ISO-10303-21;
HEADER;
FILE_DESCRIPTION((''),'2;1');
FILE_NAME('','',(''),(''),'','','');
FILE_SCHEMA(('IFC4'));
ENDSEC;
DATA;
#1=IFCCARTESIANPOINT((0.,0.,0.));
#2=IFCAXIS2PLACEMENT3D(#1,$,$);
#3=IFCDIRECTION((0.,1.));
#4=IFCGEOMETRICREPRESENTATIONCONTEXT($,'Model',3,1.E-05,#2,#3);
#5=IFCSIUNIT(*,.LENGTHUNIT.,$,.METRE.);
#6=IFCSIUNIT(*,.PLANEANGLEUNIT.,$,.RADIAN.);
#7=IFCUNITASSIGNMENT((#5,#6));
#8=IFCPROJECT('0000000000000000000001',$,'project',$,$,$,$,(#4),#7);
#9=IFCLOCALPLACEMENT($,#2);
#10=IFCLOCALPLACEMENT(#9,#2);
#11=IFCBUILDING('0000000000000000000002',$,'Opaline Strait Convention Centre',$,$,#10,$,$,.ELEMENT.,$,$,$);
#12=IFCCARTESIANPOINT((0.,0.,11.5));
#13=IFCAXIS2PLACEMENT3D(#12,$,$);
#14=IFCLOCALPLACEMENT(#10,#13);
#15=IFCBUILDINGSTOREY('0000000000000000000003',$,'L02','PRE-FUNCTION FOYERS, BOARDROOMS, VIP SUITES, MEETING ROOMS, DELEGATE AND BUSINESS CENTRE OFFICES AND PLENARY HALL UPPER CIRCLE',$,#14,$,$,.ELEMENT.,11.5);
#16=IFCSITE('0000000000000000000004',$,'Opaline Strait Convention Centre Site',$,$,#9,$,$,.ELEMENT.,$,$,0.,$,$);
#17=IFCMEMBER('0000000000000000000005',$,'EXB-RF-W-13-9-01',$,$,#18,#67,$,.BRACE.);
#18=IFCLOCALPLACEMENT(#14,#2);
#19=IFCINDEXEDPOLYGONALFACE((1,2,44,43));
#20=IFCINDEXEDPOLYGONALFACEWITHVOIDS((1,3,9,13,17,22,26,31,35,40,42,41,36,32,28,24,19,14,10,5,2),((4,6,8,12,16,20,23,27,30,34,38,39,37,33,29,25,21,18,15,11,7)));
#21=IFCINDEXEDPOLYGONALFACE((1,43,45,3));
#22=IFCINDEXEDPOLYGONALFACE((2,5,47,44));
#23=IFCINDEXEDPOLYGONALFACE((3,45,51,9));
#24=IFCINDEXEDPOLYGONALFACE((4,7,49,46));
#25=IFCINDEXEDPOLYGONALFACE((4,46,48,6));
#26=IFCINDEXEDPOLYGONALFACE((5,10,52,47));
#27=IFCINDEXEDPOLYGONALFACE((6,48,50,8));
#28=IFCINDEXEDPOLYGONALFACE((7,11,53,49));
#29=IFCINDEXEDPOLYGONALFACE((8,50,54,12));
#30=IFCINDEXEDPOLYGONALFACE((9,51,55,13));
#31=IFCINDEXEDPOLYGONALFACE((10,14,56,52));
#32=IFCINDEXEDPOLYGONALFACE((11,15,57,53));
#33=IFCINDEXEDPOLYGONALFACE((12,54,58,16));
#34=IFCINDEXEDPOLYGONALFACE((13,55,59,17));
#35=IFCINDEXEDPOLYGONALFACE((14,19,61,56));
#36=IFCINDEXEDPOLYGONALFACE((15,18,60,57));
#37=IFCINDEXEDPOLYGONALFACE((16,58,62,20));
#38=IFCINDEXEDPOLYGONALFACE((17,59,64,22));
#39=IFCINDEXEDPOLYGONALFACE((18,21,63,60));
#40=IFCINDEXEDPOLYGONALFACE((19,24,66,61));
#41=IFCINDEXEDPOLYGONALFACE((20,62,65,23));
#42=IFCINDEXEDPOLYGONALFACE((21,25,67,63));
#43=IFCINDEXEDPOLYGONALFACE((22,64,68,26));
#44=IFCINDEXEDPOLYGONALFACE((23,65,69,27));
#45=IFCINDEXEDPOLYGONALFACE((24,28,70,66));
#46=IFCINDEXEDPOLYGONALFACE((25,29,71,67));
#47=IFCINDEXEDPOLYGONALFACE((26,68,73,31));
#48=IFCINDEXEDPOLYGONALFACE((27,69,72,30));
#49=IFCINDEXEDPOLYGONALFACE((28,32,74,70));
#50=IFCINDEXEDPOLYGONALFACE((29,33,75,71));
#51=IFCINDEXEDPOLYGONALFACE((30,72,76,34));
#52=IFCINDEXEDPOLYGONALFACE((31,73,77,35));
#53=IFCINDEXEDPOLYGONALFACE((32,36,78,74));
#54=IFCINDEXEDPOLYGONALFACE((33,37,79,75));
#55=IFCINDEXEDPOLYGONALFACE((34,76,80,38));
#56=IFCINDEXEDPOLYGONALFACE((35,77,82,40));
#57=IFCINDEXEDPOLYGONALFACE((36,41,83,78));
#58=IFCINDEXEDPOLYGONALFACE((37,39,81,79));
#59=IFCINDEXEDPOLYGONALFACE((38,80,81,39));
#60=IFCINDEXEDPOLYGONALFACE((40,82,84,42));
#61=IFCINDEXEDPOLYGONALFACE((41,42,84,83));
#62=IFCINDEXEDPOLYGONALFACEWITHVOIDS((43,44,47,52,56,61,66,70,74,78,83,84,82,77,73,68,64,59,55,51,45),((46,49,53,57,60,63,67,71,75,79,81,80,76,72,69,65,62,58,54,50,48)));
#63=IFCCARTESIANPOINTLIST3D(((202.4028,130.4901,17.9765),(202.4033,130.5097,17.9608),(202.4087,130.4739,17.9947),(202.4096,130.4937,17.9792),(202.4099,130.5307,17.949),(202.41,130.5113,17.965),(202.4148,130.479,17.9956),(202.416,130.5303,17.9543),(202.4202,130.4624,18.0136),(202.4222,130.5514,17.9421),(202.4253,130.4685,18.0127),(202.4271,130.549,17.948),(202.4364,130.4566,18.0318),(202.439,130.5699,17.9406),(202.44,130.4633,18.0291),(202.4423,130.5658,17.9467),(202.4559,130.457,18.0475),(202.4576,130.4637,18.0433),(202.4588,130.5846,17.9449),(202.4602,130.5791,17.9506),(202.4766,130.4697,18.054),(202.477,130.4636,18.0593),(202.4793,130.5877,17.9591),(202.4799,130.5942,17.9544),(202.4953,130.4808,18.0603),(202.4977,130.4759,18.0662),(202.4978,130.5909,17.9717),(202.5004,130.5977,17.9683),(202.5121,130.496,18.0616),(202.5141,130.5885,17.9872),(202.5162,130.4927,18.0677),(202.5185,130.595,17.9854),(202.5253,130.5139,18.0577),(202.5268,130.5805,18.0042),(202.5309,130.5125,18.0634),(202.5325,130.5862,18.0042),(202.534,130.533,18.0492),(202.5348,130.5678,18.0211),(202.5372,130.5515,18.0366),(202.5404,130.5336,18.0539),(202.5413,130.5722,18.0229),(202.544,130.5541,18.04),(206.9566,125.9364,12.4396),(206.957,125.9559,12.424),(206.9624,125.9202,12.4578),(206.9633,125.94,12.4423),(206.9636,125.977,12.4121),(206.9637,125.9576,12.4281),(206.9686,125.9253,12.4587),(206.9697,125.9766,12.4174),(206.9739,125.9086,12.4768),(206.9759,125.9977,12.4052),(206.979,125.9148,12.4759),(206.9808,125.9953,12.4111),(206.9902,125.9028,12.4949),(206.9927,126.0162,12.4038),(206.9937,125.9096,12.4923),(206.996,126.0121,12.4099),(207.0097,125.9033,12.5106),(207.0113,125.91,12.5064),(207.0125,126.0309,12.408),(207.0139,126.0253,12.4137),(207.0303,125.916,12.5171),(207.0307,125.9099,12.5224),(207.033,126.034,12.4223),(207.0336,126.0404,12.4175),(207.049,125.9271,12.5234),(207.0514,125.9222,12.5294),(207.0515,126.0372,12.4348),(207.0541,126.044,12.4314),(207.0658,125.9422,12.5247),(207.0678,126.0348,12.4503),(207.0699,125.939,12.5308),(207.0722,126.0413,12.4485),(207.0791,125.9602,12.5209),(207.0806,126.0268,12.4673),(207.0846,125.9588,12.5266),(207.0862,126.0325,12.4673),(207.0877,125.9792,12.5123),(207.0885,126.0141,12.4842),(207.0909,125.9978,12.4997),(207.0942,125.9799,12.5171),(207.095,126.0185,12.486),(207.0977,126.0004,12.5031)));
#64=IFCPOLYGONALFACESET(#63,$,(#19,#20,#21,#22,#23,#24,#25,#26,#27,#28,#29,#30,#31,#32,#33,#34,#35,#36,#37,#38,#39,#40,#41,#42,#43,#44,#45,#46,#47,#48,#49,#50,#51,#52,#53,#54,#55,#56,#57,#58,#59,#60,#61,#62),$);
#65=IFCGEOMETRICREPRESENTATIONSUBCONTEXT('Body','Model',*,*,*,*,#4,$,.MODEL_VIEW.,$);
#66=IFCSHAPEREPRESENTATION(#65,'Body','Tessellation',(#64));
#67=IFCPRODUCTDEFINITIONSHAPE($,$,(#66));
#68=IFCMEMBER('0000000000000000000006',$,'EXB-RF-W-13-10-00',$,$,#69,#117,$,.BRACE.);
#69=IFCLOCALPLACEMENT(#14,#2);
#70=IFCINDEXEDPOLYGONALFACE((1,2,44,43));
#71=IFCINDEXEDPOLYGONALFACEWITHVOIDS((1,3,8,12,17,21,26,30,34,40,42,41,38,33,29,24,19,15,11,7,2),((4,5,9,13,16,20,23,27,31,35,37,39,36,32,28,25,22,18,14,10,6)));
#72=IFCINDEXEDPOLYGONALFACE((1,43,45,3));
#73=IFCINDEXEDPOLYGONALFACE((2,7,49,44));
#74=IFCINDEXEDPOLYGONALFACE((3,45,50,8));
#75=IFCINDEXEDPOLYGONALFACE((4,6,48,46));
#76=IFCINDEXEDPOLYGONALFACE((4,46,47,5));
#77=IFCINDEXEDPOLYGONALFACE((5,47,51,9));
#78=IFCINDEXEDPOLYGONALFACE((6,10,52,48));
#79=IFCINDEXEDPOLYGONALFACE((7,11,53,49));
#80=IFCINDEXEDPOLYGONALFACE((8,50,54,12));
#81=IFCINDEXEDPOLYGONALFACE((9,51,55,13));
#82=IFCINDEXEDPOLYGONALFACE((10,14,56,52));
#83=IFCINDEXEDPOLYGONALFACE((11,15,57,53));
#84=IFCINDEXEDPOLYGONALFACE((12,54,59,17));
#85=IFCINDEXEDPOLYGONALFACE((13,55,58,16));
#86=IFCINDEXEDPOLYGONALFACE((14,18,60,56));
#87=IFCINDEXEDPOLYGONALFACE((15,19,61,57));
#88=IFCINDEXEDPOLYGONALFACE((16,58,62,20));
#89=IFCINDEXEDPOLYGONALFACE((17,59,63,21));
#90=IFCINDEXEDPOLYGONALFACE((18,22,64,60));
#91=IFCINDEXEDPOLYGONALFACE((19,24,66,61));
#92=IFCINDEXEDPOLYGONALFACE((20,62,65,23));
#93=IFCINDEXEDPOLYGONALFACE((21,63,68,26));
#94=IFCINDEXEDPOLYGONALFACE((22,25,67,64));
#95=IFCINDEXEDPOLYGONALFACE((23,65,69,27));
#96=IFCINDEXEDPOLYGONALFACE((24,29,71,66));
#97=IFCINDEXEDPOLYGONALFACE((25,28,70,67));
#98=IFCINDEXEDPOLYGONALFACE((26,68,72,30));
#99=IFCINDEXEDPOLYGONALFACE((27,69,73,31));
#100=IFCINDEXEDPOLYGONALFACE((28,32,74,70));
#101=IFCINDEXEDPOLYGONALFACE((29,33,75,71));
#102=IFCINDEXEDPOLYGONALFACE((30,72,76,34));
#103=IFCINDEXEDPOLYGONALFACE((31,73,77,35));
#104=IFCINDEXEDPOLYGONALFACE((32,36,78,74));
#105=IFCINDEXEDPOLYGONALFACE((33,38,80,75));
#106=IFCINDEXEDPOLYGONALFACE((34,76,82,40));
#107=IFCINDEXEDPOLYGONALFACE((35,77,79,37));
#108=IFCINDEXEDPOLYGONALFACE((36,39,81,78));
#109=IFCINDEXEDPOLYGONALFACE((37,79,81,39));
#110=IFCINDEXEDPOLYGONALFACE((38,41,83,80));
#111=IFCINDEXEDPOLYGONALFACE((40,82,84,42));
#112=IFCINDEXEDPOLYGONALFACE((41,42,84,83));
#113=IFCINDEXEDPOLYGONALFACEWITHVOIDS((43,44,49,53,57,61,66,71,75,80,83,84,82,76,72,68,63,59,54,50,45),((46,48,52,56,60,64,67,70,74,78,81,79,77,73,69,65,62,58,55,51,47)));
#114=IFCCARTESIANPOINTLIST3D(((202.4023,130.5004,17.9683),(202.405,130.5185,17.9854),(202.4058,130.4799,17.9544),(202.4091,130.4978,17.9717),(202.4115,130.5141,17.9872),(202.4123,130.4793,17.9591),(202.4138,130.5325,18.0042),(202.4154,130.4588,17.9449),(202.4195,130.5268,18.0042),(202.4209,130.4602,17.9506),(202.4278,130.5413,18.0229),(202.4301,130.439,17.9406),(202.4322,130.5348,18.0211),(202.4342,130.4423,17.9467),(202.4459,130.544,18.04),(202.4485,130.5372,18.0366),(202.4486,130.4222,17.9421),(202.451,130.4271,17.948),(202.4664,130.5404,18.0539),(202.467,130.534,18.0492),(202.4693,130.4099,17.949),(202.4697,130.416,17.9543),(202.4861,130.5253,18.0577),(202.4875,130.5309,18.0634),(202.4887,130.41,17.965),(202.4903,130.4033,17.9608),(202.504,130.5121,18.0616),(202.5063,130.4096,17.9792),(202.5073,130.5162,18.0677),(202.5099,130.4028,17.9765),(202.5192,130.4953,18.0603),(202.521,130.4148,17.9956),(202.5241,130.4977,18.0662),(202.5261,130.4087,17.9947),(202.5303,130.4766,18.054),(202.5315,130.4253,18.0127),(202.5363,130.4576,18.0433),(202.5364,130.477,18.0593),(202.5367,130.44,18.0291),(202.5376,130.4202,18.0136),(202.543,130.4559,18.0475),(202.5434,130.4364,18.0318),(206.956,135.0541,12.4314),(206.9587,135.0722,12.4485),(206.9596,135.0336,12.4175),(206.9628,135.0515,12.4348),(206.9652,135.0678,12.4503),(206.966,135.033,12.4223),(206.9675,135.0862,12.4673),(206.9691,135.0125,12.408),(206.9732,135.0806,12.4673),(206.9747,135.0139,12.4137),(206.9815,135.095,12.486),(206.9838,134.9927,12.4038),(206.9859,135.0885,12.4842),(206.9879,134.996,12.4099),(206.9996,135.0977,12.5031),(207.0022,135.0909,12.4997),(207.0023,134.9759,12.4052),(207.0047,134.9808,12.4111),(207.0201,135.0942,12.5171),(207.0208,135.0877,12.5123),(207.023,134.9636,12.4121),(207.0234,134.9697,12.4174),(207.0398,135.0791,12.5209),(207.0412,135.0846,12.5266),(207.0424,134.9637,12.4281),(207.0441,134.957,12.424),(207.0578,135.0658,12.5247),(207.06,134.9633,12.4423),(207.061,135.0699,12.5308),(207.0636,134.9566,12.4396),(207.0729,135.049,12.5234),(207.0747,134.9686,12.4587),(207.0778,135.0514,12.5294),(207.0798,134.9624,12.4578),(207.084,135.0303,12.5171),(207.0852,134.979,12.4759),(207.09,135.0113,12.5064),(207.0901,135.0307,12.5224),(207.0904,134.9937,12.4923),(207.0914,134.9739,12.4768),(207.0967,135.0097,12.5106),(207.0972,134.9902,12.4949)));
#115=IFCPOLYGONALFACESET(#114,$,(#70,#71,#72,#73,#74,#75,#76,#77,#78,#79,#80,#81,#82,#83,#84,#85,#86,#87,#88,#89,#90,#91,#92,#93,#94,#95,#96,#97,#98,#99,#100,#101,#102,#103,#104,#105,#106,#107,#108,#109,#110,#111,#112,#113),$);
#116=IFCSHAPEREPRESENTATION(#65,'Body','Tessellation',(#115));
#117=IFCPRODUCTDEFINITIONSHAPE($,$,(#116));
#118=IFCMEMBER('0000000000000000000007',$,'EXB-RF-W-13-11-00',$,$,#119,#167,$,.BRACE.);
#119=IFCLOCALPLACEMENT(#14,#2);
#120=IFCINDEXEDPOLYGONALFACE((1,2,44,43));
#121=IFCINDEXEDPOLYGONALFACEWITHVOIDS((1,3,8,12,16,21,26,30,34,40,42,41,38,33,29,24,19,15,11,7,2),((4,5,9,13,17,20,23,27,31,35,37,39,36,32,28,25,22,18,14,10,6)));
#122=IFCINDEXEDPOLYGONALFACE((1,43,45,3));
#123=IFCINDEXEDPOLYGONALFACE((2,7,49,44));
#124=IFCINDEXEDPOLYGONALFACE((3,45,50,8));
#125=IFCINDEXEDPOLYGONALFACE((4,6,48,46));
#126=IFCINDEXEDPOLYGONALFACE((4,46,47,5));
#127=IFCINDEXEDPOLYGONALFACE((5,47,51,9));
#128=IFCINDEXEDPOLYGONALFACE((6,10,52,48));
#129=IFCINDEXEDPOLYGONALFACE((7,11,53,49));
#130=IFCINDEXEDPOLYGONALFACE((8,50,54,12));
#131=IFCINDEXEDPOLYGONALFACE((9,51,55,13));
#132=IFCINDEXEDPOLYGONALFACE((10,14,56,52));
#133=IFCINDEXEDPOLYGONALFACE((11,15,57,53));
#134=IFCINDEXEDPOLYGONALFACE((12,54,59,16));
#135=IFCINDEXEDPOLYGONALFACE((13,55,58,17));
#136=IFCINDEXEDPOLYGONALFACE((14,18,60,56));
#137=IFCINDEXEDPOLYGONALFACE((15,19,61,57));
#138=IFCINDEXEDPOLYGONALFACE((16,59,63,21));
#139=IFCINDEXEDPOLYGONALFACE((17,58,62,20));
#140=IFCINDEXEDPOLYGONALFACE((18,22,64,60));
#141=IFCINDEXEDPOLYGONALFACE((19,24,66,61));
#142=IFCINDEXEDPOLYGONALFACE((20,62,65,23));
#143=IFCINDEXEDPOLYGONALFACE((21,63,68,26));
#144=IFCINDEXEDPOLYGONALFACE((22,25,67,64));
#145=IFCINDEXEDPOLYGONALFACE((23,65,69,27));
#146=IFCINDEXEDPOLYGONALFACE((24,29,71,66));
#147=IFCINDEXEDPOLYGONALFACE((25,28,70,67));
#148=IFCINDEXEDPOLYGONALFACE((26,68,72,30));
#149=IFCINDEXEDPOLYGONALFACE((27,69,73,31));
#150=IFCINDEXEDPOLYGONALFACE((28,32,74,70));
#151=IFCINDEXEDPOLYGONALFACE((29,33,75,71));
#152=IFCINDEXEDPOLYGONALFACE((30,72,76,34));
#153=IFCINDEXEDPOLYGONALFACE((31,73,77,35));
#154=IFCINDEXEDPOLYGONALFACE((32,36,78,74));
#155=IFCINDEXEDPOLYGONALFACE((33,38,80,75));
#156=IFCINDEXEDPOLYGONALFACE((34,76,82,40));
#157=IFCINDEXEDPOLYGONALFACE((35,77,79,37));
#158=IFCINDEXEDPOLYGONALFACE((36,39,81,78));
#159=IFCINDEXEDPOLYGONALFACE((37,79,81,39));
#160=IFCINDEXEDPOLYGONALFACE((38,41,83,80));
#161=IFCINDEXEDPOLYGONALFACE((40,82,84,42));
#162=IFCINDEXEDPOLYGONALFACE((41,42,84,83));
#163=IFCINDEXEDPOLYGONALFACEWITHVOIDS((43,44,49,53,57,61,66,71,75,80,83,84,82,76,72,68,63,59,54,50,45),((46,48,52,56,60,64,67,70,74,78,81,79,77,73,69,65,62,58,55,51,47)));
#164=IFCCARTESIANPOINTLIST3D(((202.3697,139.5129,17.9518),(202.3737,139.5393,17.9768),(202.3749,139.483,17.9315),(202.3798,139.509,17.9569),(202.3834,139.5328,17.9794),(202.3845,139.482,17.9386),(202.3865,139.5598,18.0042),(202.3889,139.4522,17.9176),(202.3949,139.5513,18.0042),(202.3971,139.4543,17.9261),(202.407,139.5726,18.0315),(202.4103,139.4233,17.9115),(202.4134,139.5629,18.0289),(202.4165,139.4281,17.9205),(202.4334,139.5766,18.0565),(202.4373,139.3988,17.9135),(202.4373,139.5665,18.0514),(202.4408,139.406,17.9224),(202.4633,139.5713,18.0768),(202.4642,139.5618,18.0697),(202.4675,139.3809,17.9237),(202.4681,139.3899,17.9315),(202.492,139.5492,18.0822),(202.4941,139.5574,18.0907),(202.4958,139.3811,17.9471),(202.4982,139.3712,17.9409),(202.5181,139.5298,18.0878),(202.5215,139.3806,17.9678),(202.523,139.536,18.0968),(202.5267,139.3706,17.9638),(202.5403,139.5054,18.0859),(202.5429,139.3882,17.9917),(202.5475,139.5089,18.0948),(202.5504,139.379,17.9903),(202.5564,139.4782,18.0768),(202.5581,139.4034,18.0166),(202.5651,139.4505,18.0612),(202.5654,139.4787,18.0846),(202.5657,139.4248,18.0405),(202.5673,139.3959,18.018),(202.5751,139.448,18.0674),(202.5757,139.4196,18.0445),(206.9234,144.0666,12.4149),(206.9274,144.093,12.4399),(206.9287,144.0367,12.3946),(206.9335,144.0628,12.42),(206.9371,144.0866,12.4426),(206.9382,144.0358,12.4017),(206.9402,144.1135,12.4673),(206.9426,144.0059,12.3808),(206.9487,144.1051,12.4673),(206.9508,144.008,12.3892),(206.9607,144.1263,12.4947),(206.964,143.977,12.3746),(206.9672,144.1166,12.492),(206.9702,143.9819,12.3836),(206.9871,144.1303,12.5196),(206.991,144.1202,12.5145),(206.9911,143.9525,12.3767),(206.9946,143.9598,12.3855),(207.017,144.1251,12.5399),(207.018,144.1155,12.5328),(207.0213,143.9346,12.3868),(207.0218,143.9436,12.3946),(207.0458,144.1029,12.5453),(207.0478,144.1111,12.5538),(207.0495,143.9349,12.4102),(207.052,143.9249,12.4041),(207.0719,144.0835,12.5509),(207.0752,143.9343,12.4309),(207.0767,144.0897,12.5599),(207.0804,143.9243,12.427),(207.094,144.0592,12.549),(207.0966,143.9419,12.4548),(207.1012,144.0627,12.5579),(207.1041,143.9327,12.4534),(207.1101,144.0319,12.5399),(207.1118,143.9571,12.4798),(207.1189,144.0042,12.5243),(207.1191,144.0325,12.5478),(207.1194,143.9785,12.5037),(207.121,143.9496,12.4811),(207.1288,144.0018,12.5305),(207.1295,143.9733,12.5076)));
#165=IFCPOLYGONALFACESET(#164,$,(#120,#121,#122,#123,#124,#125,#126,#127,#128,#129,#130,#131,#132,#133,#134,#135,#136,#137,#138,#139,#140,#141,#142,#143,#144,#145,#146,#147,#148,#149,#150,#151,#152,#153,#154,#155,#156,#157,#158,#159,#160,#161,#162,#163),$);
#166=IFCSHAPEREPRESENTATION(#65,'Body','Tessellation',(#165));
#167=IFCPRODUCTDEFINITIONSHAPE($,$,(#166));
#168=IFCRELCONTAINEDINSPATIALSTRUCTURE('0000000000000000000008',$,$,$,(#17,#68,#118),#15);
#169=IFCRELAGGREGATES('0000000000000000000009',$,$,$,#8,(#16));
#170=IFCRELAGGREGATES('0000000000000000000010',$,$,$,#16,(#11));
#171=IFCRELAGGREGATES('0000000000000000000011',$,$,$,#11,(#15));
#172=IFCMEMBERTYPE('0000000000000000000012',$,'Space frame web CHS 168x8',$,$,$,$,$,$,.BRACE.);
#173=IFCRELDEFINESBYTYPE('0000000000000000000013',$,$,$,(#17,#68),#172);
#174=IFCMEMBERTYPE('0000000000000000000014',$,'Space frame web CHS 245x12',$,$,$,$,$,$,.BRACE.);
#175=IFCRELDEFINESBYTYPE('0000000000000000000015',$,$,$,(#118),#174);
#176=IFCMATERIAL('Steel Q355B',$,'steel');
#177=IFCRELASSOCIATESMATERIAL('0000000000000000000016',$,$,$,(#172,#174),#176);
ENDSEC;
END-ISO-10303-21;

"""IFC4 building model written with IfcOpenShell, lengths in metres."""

from ifc_helpers import new_model, si_unit, direction, frame, origin, origin_2d, place, context, subcontext, project, spatial, hollow_circle, extrude, material, material_profile, profile_set, type_object, element, save


model = new_model("IFC4")

# Units and contexts
model_context = context("Model", 3, precision=1e-05, world=origin(), true_north=direction((0.0, 1.0)))
body_context = subcontext(model_context, "Body", "Model", "MODEL_VIEW")
ifc_project = project(units=[si_unit("LENGTHUNIT", "METRE"), si_unit("PLANEANGLEUNIT", "RADIAN")], contexts=[model_context])

# Site, building, storey
site_placement = place(None, origin())
site = spatial("IfcSite", under=ifc_project, at=site_placement, Name="Opaline Strait Convention Centre Site", CompositionType="ELEMENT", RefElevation=0.0)
building_placement = place(site_placement, origin())
building = spatial("IfcBuilding", under=site, at=building_placement, Name="Opaline Strait Convention Centre", CompositionType="ELEMENT")
storey_placement = place(building_placement, frame((0.0, 0.0, 11.5)))
storey = spatial("IfcBuildingStorey", under=building, at=storey_placement, Name="L02", Description="PRE-FUNCTION FOYERS, BOARDROOMS, VIP SUITES, MEETING ROOMS, DELEGATE AND BUSINESS CENTRE OFFICES AND PLENARY HALL UPPER CIRCLE", CompositionType="ELEMENT", Elevation=11.5)

# Members
ifc_material = material(Name="Steel Q355B", Category="steel")
ifc_material_profile_1 = material_profile(ifc_material, hollow_circle(Radius=0.084, WallThickness=0.0081, at=origin_2d()), Name="CHS 168x8")
ifc_profile_set_1 = profile_set([ifc_material_profile_1], Name="Steel Q355B")
member_type_1 = type_object("IfcMemberType", Name="Space frame web CHS 168x8", PredefinedType="BRACE", material=ifc_profile_set_1)
for number, where, z_axis, x_axis, name in (
    (1, (202.4731, 130.5269, 18.0042), (0.536178, -0.536178, -0.65194), (0.707107, 0.707107, 0.0), "EXB-RF-W-13-9-01"),
    (2, (202.4731, 130.4731, 18.0042), (0.536178, 0.536178, -0.65194), (-0.707107, 0.707107, 0.0), "EXB-RF-W-13-10-00"),
):
    element("IfcMember", number, at=place(storey_placement, frame(where, z_axis=z_axis, x_axis=x_axis)), inside=storey, type_object=member_type_1, Name=name, PredefinedType="BRACE", context=body_context, shape_type="SweptSolid", body=[
        extrude(hollow_circle(Radius=0.084, WallThickness=0.0081, at=origin_2d()), origin(), (0.0, 0.0, 1.0), 8.4929),
    ])
ifc_material_profile_2 = material_profile(ifc_material, hollow_circle(Radius=0.1226, WallThickness=0.012, at=origin_2d()), Name="CHS 245x12")
ifc_profile_set_2 = profile_set([ifc_material_profile_2], Name="Steel Q355B")
member_type_2 = type_object("IfcMemberType", Name="Space frame web CHS 245x12", PredefinedType="BRACE", material=ifc_profile_set_2)
member_1_placement = place(storey_placement, frame((202.4731, 139.4731, 18.0042), z_axis=(0.536178, 0.536178, -0.65194), x_axis=(-0.707107, 0.707107, 0.0)))
element("IfcMember", 3, at=member_1_placement, inside=storey, type_object=member_type_2, Name="EXB-RF-W-13-11-00", PredefinedType="BRACE", context=body_context, shape_type="SweptSolid", body=[
    extrude(hollow_circle(Radius=0.1226, WallThickness=0.012, at=origin_2d()), origin(), (0.0, 0.0, 1.0), 8.4929),
])

save(model, "model.ifc")
